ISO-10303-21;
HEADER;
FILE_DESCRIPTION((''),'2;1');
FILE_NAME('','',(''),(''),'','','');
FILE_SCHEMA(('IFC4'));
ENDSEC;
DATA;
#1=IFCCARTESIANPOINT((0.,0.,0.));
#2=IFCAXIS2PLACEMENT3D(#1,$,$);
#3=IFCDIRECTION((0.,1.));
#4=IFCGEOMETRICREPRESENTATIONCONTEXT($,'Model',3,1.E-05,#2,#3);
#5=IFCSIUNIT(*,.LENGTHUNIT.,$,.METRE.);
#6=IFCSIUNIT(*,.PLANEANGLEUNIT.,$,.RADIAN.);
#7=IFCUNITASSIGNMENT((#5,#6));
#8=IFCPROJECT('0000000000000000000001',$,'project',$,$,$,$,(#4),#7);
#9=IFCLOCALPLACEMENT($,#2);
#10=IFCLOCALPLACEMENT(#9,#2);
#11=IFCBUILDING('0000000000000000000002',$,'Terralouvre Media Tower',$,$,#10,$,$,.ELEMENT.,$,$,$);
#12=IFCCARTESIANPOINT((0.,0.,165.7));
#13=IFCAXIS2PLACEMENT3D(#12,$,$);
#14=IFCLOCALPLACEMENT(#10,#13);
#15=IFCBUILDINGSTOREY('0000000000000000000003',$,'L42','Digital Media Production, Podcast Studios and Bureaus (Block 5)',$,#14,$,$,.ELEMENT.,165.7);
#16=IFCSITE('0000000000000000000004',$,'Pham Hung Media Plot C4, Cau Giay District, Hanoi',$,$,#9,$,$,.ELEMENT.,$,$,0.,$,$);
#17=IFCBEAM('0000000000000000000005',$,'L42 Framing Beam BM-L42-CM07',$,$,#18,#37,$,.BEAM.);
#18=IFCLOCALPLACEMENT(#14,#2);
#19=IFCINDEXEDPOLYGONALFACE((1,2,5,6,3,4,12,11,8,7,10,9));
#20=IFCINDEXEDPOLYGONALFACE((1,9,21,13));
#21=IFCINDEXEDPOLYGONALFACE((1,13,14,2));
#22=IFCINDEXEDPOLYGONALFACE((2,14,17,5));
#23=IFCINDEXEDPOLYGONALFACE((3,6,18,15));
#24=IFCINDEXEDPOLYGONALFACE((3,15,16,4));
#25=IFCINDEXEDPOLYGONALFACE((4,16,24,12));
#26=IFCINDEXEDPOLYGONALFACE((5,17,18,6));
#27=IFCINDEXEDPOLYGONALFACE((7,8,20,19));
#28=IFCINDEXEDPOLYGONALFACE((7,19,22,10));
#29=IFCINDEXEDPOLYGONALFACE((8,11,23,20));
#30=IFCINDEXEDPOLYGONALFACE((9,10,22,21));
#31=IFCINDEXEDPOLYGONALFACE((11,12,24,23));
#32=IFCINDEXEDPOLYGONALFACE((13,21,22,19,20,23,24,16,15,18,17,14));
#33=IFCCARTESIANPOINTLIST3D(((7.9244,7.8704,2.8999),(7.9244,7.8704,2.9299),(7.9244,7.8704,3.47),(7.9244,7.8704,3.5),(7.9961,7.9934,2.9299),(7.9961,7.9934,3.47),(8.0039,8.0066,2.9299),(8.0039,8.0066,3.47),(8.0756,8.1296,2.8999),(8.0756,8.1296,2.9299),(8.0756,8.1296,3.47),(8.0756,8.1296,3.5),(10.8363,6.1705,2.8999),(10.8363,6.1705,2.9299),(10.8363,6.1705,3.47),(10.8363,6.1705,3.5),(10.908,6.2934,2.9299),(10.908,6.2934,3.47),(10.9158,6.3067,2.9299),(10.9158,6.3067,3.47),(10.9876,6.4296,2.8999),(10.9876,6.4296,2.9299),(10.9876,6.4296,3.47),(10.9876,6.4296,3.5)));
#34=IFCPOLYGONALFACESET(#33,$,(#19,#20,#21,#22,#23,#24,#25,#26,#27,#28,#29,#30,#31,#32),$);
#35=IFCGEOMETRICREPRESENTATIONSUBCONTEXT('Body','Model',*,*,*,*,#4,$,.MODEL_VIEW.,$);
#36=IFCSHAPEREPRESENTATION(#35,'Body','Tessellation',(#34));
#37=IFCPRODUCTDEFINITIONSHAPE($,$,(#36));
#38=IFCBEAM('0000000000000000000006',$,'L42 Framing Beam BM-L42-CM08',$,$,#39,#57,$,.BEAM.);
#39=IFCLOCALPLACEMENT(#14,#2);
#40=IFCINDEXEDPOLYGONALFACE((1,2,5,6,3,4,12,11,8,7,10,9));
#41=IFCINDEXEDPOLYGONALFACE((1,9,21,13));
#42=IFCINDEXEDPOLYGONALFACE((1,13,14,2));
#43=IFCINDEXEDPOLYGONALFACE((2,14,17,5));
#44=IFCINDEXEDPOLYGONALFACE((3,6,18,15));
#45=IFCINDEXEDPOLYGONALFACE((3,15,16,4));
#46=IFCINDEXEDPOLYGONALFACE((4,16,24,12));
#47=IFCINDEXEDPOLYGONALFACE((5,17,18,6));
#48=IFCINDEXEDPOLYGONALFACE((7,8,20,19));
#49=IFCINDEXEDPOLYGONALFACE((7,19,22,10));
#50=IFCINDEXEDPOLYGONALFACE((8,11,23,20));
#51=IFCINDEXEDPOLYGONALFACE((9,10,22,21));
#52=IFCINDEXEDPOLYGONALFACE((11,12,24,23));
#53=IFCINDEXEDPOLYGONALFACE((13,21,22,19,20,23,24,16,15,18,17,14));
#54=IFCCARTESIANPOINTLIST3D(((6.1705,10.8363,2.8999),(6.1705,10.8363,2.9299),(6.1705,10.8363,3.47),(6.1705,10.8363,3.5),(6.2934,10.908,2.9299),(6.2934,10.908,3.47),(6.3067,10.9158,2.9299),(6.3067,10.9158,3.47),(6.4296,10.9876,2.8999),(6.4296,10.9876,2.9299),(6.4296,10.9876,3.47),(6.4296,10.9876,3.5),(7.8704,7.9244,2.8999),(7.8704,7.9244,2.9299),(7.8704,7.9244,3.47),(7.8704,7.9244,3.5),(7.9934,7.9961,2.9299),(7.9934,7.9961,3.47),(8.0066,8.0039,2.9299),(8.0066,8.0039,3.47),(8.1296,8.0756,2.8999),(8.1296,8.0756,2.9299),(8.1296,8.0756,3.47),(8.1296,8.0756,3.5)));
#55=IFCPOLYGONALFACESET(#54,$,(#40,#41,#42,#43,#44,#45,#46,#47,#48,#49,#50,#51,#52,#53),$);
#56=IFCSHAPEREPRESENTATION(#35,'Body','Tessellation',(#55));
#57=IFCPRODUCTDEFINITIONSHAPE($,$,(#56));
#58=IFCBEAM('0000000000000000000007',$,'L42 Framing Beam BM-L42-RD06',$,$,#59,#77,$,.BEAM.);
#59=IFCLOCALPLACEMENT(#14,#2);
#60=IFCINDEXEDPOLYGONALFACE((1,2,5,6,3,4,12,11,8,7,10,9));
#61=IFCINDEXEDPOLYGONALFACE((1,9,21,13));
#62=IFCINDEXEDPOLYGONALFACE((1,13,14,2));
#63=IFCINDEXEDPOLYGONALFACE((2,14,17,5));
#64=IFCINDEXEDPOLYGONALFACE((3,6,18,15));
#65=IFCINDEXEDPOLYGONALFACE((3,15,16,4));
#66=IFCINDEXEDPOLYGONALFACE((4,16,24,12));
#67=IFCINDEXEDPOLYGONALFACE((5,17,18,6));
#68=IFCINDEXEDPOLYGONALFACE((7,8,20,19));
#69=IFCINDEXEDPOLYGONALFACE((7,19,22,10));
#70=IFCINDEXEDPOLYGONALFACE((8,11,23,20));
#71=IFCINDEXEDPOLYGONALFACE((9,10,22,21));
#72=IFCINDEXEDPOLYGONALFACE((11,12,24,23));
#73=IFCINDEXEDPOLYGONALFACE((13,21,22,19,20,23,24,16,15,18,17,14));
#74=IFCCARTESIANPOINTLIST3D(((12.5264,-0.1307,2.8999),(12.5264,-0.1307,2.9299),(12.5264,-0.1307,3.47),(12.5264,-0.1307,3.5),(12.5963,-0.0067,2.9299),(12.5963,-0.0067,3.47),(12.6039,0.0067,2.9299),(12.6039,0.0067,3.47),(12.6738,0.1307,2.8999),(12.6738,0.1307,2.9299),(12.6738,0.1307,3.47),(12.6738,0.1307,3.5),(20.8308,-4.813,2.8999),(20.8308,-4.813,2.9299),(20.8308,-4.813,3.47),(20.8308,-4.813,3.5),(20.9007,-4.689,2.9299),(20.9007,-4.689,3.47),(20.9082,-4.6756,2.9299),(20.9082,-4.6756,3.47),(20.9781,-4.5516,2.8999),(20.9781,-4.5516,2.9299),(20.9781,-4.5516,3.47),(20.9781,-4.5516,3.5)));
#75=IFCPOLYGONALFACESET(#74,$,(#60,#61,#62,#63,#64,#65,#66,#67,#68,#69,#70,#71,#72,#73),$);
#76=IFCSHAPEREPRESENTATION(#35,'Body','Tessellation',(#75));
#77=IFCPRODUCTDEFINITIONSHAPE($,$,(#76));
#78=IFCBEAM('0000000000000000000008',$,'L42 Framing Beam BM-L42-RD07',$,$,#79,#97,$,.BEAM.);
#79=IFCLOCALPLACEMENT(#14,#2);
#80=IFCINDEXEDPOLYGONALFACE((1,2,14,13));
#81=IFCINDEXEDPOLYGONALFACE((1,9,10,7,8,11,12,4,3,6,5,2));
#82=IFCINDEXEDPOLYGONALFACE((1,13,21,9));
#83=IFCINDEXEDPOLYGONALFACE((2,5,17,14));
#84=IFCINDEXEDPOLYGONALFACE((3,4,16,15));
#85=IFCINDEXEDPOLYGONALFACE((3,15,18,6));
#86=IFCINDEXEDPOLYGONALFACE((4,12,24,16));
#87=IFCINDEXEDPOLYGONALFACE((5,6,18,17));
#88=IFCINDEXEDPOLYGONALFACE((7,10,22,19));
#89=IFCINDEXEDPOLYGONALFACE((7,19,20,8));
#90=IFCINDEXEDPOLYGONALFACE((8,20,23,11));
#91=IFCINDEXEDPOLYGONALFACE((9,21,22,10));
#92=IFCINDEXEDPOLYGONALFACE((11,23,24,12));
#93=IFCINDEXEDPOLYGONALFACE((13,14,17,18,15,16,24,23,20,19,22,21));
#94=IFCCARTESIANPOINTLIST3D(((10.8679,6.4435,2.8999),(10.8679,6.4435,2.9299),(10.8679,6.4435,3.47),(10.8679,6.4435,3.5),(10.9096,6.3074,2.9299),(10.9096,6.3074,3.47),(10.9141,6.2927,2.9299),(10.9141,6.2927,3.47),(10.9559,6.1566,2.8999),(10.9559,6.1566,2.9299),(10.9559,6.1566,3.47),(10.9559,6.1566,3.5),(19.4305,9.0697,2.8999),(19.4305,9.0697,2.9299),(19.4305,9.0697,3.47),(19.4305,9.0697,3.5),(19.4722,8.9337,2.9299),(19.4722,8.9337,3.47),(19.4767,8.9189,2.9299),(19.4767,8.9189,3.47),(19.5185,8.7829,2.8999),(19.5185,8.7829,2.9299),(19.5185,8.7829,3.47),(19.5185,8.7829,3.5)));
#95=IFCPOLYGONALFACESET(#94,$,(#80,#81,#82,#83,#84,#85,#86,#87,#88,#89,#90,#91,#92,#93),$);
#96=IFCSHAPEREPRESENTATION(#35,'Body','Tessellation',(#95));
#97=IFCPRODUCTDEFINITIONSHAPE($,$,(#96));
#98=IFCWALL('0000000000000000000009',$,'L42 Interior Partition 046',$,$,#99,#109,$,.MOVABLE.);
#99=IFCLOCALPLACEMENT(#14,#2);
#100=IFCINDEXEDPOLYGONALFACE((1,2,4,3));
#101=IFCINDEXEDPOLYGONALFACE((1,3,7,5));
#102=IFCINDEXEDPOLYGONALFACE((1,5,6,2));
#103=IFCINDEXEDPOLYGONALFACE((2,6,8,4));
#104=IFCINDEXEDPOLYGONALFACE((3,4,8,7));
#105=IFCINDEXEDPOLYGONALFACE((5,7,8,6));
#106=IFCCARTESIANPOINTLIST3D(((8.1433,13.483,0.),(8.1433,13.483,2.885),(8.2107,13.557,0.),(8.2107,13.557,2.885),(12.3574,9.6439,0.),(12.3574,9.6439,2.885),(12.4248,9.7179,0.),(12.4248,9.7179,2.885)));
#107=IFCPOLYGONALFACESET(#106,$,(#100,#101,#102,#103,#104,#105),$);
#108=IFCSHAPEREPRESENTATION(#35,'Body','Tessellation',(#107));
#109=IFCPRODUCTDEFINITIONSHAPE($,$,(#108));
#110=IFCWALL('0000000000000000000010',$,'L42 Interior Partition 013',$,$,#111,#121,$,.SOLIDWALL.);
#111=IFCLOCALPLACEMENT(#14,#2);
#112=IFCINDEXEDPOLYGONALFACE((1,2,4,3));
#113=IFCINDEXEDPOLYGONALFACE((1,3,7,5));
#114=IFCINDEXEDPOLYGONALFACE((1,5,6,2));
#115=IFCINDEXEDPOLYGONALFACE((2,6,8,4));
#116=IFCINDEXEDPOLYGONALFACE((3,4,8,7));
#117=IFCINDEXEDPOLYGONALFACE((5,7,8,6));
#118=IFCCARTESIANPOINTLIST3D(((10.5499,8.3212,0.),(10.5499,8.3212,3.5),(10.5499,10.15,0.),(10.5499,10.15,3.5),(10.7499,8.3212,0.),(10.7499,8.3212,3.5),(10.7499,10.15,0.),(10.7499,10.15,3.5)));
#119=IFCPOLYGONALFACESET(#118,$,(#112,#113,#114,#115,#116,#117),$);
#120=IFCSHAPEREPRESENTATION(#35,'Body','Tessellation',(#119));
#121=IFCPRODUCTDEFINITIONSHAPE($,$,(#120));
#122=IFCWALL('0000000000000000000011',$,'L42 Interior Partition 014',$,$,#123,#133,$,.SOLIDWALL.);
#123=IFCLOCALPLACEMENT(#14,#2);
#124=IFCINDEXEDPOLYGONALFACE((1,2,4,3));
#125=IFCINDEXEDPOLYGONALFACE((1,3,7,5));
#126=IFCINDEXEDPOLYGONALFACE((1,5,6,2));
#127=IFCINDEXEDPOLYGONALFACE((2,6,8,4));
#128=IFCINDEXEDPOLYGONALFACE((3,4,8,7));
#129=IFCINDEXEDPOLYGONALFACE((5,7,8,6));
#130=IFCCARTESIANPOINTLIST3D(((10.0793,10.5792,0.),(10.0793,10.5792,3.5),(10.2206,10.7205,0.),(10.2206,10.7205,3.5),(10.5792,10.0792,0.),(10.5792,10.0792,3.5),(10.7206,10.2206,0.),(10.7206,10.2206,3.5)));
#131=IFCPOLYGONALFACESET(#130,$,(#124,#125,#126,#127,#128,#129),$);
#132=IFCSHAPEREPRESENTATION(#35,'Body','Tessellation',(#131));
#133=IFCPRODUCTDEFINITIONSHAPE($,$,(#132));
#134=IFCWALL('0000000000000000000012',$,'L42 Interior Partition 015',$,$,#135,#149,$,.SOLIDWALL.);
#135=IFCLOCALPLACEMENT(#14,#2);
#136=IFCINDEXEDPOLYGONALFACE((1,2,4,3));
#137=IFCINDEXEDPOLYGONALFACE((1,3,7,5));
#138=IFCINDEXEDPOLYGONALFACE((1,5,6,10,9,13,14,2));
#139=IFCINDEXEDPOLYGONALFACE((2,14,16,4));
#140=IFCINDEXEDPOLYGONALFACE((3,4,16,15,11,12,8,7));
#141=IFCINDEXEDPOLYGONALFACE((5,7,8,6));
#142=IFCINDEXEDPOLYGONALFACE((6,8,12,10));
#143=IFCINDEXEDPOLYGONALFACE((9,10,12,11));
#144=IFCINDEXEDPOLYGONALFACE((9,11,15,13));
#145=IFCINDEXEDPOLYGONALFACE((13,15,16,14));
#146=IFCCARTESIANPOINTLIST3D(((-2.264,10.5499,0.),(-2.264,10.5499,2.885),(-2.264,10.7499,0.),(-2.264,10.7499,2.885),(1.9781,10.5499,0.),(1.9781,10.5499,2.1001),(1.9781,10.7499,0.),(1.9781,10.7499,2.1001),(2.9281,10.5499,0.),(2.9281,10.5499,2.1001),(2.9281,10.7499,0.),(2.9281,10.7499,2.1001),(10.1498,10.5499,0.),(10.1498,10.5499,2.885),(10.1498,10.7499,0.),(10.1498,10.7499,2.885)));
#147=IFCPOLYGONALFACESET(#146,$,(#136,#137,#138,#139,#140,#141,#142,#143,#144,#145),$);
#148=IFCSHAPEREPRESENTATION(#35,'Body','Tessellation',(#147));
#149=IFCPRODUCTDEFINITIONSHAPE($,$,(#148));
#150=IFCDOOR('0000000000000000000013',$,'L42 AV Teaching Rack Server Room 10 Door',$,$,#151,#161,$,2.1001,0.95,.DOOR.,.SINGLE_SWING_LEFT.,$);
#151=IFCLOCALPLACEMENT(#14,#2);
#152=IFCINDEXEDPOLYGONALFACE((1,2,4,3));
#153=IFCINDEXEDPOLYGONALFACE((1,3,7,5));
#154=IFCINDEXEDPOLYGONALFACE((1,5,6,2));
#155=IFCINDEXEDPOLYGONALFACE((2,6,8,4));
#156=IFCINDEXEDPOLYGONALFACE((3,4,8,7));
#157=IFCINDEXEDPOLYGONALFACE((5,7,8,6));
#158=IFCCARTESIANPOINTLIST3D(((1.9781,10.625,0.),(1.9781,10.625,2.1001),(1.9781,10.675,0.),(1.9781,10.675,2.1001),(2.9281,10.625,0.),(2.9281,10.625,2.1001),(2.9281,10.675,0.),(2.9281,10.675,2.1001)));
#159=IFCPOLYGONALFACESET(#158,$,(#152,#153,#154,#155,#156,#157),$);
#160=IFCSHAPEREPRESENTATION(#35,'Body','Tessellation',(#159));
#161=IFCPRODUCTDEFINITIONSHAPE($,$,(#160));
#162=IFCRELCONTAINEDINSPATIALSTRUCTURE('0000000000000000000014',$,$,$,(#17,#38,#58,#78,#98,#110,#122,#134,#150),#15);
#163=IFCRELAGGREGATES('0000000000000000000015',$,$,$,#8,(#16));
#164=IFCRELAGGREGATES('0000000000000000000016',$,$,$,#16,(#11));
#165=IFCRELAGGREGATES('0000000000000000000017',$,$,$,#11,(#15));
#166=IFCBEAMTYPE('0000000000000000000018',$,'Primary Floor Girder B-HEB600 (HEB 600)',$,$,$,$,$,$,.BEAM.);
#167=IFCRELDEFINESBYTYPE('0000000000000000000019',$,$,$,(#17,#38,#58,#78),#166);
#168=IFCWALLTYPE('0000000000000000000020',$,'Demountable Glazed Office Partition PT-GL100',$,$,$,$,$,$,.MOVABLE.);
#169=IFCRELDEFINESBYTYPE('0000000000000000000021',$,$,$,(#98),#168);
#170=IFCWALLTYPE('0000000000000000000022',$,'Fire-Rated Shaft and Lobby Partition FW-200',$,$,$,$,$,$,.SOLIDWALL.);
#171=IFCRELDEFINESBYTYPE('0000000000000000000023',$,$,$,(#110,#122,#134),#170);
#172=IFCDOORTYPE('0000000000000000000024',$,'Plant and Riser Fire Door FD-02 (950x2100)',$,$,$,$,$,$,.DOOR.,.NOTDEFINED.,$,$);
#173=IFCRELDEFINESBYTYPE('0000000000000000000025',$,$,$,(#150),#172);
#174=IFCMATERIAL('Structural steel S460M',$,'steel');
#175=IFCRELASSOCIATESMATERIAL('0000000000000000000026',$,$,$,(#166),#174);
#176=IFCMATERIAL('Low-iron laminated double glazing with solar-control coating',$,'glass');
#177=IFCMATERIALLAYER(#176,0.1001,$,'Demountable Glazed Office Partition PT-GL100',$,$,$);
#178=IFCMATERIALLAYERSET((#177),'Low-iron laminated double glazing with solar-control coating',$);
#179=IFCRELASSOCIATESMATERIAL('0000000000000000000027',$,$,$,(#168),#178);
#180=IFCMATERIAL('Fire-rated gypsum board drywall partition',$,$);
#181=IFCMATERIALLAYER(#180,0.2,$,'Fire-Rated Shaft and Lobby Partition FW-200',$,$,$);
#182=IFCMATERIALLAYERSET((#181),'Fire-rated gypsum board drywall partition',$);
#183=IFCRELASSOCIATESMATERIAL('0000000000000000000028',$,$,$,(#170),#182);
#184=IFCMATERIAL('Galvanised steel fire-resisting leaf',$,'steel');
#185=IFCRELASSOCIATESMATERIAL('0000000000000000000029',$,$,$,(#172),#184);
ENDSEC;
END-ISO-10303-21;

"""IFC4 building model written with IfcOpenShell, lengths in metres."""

from ifc_helpers import new_model, si_unit, direction, frame, frame_2d, origin, origin_2d, place, context, subcontext, project, spatial, rectangle, i_section, extrude, material, layer, layer_set, material_profile, profile_set, type_object, element, fill, save


model = new_model("IFC4")

# Units and contexts
model_context = context("Model", 3, precision=1e-05, world=origin(), true_north=direction((0.0, 1.0)))
body_context = subcontext(model_context, "Body", "Model", "MODEL_VIEW")
ifc_project = project(units=[si_unit("LENGTHUNIT", "METRE"), si_unit("PLANEANGLEUNIT", "RADIAN")], contexts=[model_context])

# Site, building, storey
site_placement = place(None, origin())
site = spatial("IfcSite", under=ifc_project, at=site_placement, Name="Pham Hung Media Plot C4, Cau Giay District, Hanoi", CompositionType="ELEMENT", RefElevation=0.0)
building_placement = place(site_placement, origin())
building = spatial("IfcBuilding", under=site, at=building_placement, Name="Terralouvre Media Tower", CompositionType="ELEMENT")
storey_placement = place(building_placement, frame((0.0, 0.0, 165.7)))
storey = spatial("IfcBuildingStorey", under=building, at=storey_placement, Name="L42", Description="Digital Media Production, Podcast Studios and Bureaus (Block 5)", CompositionType="ELEMENT", Elevation=165.7)

# Beams
ifc_material_1 = material(Name="Structural steel S460M", Category="steel")
ifc_material_profile_1 = material_profile(ifc_material_1, i_section(OverallWidth=0.3, OverallDepth=0.6001, WebThickness=0.0154, FlangeThickness=0.03, at=origin_2d()), Name="HEB 600")
ifc_profile_set_1 = profile_set([ifc_material_profile_1], Name="Structural steel S460M")
beam_type_1 = type_object("IfcBeamType", Name="Primary Floor Girder B-HEB600 (HEB 600)", PredefinedType="BEAM", material=ifc_profile_set_1)
for number, where, z_axis, x_axis, name in (
    (1, (8.0, 8.0, 3.2), (0.863603, -0.504173, 0.0), (0.504173, 0.863603, 0.0), "L42 Framing Beam BM-L42-CM07"),
    (2, (8.0, 8.0, 3.2), (-0.504173, 0.863603, 0.0), (-0.863603, -0.504173, 0.0), "L42 Framing Beam BM-L42-CM08"),
):
    element("IfcBeam", number, at=place(storey_placement, frame(where, z_axis=z_axis, x_axis=x_axis)), inside=storey, type_object=beam_type_1, Name=name, PredefinedType="BEAM", context=body_context, shape_type="SweptSolid", body=[
        extrude(i_section(OverallWidth=0.3, OverallDepth=0.6001, WebThickness=0.0154, FlangeThickness=0.03, at=origin_2d()), origin(), (0.0, 0.0, 1.0), 3.3718),
    ])
beam_1_placement = place(storey_placement, frame((12.6001, 0.0, 3.2), z_axis=(0.871077, -0.491147, 0.0), x_axis=(0.491147, 0.871077, 0.0)))
element("IfcBeam", 3, at=beam_1_placement, inside=storey, type_object=beam_type_1, Name="L42 Framing Beam BM-L42-RD06", PredefinedType="BEAM", context=body_context, shape_type="SweptSolid", body=[
    extrude(i_section(OverallWidth=0.3, OverallDepth=0.6001, WebThickness=0.0154, FlangeThickness=0.03, at=origin_2d()), origin(), (0.0, 0.0, 1.0), 9.5334),
])
beam_2_placement = place(storey_placement, frame((10.9119, 6.3, 3.2), z_axis=(0.956042, 0.293229, 0.0), x_axis=(-0.293229, 0.956042, 0.0)))
element("IfcBeam", 4, at=beam_2_placement, inside=storey, type_object=beam_type_1, Name="L42 Framing Beam BM-L42-RD07", PredefinedType="BEAM", context=body_context, shape_type="SweptSolid", body=[
    extrude(i_section(OverallWidth=0.3, OverallDepth=0.6001, WebThickness=0.0154, FlangeThickness=0.03, at=origin_2d()), origin(), (0.0, 0.0, 1.0), 8.9563),
])

# Walls
ifc_material_2 = material(Name="Low-iron laminated double glazing with solar-control coating", Category="glass")
ifc_layer_1 = layer(ifc_material_2, 0.1001, Name="Demountable Glazed Office Partition PT-GL100")
ifc_layer_set_1 = layer_set([ifc_layer_1], Name="Low-iron laminated double glazing with solar-control coating")
wall_type_1 = type_object("IfcWallType", Name="Demountable Glazed Office Partition PT-GL100", PredefinedType="MOVABLE", material=ifc_layer_set_1)
wall_1_placement = place(storey_placement, frame((8.177, 13.52, 0.0), z_axis=(0.0, 0.0, 1.0), x_axis=(0.739232, -0.67345, 0.0)))
element("IfcWall", 5, at=wall_1_placement, inside=storey, type_object=wall_type_1, Name="L42 Interior Partition 046", PredefinedType="MOVABLE", context=body_context, shape_type="SweptSolid", body=[
    extrude(rectangle(XDim=5.7007, YDim=0.1001, at=frame_2d((2.8503, 0.0))), origin(), (0.0, 0.0, 1.0), 2.885),
])
ifc_material_3 = material(Name="Fire-rated gypsum board drywall partition")
ifc_layer_2 = layer(ifc_material_3, 0.2, Name="Fire-Rated Shaft and Lobby Partition FW-200")
ifc_layer_set_2 = layer_set([ifc_layer_2], Name="Fire-rated gypsum board drywall partition")
wall_type_2 = type_object("IfcWallType", Name="Fire-Rated Shaft and Lobby Partition FW-200", PredefinedType="SOLIDWALL", material=ifc_layer_set_2)
wall_2_placement = place(storey_placement, frame((10.6499, 8.321, 0.0), z_axis=(0.0, 0.0, 1.0), x_axis=(0.0, 1.0, 0.0)))
element("IfcWall", 6, at=wall_2_placement, inside=storey, type_object=wall_type_2, Name="L42 Interior Partition 013", PredefinedType="SOLIDWALL", context=body_context, shape_type="SweptSolid", body=[
    extrude(rectangle(XDim=1.8289, YDim=0.2, at=frame_2d((0.9146, 0.0))), origin(), (0.0, 0.0, 1.0), 3.5),
])
wall_3_placement = place(storey_placement, frame((10.6499, 10.1499, 0.0), z_axis=(0.0, 0.0, 1.0), x_axis=(-0.707107, 0.707107, 0.0)))
element("IfcWall", 7, at=wall_3_placement, inside=storey, type_object=wall_type_2, Name="L42 Interior Partition 014", PredefinedType="SOLIDWALL", context=body_context, shape_type="SweptSolid", body=[
    extrude(rectangle(XDim=0.707, YDim=0.2, at=frame_2d((0.3535, 0.0))), origin(), (0.0, 0.0, 1.0), 3.5),
])

# Wall, opening, door
wall_4_placement = place(storey_placement, frame((10.1499, 10.6499, 0.0), z_axis=(0.0, 0.0, 1.0), x_axis=(-1.0, 0.0, 0.0)))
wall_4 = element("IfcWall", 8, at=wall_4_placement, inside=storey, type_object=wall_type_2, Name="L42 Interior Partition 015", PredefinedType="SOLIDWALL", context=body_context, shape_type="SweptSolid", body=[
    extrude(rectangle(XDim=12.4138, YDim=0.2, at=frame_2d((6.207, 0.0))), origin(), (0.0, 0.0, 1.0), 2.885),
])
opening_1_placement = place(wall_4_placement, frame((7.2217, 0.0, 0.0)))
opening_1 = element("IfcOpeningElement", 9, at=opening_1_placement, cuts=wall_4, PredefinedType="OPENING", context=body_context, shape_type="SweptSolid", body=[
    extrude(rectangle(XDim=0.95, YDim=2.1001, at=frame_2d((0.4751, 1.05))), frame((0.0, 0.1099, 0.0), z_axis=(0.0, -1.0, 0.0), x_axis=(1.0, 0.0, 0.0)), (0.0, 0.0, 1.0), 0.22),
])
ifc_material_4 = material(Name="Galvanised steel fire-resisting leaf", Category="steel")
door_type_1 = type_object("IfcDoorType", Name="Plant and Riser Fire Door FD-02 (950x2100)", OperationType="NOTDEFINED", PredefinedType="DOOR", material=ifc_material_4)
door_1_placement = place(opening_1_placement, origin())
door_1 = element("IfcDoor", 10, at=door_1_placement, inside=storey, type_object=door_type_1, Name="L42 AV Teaching Rack Server Room 10 Door", OperationType="SINGLE_SWING_LEFT", OverallHeight=2.1001, OverallWidth=0.95, PredefinedType="DOOR", context=body_context, shape_type="SweptSolid", body=[
    extrude(rectangle(XDim=0.95, YDim=2.1001, at=frame_2d((0.4751, 1.05))), frame((0.0, 0.0249, 0.0), z_axis=(0.0, -1.0, 0.0), x_axis=(1.0, 0.0, 0.0)), (0.0, 0.0, 1.0), 0.05),
])
fill(opening_1, door_1)

save(model, "model.ifc")
